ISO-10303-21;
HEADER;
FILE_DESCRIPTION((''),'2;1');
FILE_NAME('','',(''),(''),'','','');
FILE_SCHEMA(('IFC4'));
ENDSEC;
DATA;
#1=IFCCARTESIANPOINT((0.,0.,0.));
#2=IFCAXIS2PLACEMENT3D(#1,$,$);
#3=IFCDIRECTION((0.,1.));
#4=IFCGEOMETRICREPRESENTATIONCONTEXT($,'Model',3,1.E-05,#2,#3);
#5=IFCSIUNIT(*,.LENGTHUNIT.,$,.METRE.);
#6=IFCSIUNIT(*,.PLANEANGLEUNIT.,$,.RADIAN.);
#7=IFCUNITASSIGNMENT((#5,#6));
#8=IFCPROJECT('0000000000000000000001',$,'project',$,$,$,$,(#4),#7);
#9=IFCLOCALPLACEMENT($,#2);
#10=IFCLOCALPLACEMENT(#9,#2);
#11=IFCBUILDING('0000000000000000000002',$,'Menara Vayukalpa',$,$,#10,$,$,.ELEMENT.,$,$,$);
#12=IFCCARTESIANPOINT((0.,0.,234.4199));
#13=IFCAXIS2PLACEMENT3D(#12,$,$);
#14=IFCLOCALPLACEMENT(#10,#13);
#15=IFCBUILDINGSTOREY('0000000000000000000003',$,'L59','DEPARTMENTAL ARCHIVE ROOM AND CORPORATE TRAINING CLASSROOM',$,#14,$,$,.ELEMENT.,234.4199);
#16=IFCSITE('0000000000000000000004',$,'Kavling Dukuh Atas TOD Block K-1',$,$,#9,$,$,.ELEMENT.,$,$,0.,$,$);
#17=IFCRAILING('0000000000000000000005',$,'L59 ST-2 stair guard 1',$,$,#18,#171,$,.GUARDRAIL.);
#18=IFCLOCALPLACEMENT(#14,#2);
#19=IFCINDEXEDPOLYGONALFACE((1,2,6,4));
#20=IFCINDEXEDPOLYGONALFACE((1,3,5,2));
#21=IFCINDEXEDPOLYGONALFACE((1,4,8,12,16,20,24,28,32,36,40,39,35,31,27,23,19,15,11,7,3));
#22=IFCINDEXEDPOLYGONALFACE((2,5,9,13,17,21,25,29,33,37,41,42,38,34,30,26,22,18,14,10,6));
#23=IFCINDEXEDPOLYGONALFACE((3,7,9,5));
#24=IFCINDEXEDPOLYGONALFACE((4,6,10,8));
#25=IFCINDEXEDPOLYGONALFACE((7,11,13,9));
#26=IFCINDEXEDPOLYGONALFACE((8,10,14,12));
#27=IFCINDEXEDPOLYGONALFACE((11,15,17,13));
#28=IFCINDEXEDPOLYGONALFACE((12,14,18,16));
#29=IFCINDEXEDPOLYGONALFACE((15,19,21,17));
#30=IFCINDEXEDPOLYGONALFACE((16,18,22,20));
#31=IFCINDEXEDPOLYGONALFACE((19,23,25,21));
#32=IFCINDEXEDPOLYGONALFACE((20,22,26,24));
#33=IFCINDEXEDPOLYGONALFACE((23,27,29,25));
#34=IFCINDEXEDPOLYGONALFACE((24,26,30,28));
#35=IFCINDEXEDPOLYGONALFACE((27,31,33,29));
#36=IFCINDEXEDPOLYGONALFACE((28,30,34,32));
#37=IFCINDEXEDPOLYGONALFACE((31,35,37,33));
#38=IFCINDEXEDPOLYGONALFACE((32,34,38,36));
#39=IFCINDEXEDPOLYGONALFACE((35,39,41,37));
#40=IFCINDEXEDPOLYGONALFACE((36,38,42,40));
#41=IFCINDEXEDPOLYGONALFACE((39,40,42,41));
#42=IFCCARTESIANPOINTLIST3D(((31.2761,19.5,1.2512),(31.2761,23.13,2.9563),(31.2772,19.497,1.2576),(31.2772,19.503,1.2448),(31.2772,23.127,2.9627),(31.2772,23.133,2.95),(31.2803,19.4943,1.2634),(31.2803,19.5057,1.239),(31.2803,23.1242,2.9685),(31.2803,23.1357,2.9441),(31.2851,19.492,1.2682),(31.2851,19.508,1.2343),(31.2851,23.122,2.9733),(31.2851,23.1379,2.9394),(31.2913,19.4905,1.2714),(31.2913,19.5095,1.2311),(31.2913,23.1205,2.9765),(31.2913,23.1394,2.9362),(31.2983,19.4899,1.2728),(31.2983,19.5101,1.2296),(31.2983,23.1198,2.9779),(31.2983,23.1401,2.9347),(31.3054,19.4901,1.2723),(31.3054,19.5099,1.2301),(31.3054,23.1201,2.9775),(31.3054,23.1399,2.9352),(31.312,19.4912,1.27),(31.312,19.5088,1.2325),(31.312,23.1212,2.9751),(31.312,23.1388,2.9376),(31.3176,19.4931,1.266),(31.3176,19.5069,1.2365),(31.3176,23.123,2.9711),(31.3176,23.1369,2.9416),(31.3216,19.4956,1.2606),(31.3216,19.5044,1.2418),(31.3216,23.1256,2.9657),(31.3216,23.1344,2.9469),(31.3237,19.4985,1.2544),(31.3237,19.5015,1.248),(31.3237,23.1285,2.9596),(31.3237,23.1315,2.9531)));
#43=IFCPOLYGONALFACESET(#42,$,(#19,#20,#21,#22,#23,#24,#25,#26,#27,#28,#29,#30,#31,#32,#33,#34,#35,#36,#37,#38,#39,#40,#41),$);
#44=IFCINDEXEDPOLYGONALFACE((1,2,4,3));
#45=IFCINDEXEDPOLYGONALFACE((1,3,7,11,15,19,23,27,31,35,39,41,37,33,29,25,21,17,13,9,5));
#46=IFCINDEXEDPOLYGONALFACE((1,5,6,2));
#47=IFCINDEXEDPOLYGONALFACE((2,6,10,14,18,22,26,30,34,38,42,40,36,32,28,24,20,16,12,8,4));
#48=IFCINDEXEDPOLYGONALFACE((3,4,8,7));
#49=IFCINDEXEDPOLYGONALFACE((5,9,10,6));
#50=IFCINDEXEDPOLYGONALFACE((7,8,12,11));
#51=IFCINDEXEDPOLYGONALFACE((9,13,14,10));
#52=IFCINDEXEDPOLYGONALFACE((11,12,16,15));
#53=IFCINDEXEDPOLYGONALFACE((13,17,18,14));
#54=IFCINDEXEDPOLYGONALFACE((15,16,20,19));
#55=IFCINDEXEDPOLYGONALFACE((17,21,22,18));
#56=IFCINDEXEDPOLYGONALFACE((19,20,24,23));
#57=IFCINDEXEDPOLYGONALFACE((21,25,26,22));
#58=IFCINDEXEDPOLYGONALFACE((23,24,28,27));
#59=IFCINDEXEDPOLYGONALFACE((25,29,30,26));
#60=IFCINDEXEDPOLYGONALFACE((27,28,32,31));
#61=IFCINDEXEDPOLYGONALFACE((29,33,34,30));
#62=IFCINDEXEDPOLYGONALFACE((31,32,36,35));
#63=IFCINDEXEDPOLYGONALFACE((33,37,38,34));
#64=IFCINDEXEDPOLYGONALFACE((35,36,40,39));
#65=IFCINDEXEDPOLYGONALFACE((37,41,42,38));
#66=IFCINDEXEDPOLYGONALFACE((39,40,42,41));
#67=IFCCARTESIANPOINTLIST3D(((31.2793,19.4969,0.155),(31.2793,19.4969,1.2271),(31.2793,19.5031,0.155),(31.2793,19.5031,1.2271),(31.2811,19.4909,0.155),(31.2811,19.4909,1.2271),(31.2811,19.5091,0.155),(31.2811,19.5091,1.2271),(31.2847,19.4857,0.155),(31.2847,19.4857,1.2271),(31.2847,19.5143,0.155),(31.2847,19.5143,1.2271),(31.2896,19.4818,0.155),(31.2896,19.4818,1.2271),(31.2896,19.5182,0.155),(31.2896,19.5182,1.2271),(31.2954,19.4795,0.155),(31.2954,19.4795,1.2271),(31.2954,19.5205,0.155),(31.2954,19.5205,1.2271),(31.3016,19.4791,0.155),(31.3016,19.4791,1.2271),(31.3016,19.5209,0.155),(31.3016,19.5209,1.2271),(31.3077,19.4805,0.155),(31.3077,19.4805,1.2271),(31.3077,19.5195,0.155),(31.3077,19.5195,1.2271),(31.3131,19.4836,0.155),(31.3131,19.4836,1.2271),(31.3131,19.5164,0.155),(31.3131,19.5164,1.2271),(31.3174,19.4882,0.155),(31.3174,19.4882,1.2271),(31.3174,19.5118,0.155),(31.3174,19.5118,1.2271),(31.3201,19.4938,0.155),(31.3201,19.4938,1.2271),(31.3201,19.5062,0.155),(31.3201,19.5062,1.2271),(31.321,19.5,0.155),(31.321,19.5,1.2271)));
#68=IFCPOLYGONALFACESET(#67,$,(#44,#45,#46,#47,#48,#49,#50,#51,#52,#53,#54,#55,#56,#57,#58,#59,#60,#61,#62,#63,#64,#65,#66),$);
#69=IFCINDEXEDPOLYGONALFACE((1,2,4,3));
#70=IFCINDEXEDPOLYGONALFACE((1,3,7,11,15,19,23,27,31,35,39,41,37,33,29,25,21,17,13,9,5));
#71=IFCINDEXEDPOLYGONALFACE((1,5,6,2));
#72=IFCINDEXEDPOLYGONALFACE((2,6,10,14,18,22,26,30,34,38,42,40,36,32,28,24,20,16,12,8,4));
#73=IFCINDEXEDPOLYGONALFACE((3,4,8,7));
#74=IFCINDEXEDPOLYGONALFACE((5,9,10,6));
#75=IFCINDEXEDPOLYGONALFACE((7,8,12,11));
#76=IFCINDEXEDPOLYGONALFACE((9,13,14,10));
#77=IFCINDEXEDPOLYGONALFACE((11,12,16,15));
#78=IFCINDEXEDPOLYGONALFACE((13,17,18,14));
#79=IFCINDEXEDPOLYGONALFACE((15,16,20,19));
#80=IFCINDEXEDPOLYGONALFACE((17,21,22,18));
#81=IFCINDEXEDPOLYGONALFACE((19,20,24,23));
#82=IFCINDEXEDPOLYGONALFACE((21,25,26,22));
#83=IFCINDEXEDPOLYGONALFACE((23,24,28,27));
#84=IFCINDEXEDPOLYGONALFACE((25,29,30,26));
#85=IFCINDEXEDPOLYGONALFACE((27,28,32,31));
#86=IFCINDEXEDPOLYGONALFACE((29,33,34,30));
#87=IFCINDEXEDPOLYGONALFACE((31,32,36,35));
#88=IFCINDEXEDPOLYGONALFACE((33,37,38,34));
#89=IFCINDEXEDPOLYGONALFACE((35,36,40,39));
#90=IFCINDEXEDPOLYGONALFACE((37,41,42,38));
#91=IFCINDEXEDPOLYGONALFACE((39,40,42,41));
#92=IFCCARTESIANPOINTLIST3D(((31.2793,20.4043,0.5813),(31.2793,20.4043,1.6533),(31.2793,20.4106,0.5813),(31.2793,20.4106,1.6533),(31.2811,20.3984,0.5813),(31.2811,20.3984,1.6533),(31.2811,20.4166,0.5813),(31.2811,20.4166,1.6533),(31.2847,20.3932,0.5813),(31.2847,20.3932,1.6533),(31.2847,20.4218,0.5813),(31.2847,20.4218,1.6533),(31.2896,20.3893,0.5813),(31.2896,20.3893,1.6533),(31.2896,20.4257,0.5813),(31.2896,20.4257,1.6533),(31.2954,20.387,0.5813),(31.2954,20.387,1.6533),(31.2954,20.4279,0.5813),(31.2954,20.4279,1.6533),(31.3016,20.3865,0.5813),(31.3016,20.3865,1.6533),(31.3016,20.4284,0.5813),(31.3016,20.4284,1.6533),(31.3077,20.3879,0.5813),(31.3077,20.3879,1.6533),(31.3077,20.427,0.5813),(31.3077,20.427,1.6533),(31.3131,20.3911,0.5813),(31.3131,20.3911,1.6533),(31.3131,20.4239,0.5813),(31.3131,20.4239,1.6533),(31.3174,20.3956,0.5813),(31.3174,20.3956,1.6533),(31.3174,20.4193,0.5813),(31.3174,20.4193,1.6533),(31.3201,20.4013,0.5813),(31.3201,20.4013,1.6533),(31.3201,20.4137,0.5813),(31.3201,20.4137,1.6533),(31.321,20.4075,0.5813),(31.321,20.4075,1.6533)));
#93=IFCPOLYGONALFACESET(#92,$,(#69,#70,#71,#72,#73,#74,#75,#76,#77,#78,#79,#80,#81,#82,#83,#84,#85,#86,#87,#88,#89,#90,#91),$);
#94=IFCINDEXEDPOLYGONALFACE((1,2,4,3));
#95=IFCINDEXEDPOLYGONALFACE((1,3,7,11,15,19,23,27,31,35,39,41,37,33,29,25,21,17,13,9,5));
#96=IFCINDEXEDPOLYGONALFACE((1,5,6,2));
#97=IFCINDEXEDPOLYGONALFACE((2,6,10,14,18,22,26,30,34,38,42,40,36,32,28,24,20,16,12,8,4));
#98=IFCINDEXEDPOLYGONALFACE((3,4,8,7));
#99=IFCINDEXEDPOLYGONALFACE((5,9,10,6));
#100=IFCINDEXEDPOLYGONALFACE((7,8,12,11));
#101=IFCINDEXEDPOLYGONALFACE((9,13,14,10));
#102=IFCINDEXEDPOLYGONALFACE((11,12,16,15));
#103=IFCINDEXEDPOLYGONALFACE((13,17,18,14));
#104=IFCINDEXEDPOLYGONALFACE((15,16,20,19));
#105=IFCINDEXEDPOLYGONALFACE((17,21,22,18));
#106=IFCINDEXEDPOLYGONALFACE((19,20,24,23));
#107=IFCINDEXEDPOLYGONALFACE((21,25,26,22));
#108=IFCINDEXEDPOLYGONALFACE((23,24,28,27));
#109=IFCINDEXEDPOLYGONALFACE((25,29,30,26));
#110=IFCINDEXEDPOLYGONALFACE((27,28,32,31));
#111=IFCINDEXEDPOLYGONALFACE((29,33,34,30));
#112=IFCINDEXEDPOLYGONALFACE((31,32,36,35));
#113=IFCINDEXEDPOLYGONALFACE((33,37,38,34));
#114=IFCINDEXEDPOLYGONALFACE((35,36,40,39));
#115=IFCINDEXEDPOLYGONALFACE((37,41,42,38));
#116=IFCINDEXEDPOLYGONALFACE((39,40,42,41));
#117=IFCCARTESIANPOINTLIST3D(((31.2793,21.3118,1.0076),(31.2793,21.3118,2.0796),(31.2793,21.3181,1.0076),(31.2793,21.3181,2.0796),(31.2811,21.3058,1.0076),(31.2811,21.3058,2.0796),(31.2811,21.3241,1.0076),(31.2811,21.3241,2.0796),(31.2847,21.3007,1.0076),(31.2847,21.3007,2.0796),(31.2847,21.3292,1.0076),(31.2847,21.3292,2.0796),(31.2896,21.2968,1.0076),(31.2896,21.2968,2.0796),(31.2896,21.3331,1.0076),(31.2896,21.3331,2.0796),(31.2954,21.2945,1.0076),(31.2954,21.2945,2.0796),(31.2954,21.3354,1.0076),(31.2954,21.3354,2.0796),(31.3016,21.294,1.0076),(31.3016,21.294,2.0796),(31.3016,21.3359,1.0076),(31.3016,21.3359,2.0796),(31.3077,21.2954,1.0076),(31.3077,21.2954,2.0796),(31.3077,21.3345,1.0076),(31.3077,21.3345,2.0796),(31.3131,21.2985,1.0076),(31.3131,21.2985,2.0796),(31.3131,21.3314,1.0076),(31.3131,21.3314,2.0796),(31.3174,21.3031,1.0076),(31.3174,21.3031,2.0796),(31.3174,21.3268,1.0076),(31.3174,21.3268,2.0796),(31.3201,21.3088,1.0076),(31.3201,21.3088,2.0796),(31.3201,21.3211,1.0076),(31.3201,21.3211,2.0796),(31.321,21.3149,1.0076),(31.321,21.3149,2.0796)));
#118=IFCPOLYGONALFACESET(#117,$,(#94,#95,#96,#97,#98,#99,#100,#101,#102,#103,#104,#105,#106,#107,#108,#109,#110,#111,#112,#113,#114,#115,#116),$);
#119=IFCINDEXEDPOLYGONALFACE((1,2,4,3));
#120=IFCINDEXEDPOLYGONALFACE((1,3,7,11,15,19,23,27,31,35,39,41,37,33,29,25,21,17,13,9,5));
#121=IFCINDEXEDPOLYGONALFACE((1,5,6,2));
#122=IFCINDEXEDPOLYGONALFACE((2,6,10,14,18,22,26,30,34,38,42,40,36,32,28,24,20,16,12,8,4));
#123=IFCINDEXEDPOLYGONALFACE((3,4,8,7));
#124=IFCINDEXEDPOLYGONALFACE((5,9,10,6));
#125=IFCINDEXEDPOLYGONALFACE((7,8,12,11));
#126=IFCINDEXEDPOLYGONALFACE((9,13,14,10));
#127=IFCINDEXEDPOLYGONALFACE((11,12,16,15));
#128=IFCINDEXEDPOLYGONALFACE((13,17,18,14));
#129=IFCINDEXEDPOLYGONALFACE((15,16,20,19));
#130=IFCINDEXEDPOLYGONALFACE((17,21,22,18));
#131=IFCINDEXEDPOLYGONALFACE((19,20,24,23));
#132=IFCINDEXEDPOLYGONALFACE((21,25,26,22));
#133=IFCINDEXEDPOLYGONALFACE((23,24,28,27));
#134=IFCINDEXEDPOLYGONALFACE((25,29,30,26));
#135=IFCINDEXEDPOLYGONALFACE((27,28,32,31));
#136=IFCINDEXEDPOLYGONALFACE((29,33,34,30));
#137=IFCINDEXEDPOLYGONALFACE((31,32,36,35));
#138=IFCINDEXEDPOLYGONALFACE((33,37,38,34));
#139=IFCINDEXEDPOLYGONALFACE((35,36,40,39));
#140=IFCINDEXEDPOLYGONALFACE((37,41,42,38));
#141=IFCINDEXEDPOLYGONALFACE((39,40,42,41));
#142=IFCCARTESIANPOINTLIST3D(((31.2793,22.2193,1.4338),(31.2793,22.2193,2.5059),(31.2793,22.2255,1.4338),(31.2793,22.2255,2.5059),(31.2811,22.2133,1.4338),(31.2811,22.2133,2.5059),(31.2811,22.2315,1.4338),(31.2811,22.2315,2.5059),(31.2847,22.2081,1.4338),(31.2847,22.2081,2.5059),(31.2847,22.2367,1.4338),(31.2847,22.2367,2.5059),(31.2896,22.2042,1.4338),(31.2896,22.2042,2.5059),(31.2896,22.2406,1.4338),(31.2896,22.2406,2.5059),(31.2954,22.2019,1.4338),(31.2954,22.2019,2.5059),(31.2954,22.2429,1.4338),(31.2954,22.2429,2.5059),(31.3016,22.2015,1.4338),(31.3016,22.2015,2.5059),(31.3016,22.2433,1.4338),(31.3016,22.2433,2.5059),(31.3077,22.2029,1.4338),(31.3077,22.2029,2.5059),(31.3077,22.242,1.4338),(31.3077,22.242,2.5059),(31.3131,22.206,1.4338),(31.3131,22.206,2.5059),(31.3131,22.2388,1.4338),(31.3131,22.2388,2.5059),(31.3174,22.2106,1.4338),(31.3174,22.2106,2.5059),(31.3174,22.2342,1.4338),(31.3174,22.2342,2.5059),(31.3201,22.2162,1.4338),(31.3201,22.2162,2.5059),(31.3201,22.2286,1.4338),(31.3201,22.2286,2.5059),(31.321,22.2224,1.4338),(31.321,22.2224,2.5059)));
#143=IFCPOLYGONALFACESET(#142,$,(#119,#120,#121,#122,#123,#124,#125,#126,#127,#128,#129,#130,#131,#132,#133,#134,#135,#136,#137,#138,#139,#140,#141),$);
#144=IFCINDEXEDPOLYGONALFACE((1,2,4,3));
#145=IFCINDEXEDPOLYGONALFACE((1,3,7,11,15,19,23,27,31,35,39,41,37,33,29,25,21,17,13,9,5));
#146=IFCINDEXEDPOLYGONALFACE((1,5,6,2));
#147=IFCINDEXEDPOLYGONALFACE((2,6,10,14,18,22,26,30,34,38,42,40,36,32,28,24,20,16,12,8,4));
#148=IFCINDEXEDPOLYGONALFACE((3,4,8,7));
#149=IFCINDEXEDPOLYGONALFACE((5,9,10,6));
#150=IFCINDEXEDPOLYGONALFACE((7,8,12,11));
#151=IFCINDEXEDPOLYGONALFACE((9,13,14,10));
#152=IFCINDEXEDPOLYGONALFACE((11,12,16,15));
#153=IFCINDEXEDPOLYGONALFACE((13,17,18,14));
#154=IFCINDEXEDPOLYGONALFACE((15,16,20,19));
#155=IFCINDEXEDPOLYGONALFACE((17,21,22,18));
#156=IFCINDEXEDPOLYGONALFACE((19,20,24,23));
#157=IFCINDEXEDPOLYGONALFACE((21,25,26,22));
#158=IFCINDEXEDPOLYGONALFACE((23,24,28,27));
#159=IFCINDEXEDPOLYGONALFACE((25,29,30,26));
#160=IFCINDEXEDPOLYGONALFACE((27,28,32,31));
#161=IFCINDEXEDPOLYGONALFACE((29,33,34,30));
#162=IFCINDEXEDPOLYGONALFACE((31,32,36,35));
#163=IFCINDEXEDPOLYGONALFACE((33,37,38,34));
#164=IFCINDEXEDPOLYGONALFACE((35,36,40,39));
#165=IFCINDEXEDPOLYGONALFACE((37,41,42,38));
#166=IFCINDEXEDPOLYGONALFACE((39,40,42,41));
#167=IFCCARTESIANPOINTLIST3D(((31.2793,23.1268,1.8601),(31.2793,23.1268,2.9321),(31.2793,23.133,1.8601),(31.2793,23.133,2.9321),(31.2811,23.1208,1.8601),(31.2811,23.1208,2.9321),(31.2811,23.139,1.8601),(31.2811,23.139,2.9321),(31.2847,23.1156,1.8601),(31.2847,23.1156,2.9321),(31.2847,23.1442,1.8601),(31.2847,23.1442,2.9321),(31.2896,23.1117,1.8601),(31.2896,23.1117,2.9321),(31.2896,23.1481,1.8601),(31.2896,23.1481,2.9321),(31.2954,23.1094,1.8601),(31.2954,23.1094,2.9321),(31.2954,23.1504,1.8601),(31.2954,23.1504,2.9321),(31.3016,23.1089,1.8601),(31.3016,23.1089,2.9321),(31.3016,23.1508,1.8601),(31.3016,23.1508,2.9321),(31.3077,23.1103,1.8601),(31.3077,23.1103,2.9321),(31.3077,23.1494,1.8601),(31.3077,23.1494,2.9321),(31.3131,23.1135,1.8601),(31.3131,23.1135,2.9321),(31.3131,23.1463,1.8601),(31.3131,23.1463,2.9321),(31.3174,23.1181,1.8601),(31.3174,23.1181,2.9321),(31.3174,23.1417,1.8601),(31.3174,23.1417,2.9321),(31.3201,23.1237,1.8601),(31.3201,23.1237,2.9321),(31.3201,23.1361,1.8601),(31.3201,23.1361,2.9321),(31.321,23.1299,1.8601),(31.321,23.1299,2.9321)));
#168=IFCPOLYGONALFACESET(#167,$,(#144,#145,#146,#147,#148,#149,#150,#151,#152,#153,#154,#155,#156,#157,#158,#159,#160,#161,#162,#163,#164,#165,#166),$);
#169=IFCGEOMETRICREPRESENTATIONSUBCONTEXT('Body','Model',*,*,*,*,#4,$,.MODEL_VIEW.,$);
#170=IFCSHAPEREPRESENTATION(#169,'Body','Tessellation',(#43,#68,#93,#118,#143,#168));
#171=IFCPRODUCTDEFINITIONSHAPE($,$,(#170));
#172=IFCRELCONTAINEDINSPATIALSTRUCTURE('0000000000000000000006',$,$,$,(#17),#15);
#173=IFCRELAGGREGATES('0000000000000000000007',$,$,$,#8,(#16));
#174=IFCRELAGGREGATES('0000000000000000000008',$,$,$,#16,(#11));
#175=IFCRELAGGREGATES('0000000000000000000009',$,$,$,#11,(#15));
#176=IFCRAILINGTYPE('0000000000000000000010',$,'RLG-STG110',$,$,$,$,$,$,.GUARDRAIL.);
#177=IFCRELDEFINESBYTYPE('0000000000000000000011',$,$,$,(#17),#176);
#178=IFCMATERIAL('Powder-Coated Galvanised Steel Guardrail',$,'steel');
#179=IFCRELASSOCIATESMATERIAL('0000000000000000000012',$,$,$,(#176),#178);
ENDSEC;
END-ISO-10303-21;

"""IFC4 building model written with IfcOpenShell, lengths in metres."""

from ifc_helpers import new_model, si_unit, direction, frame, origin, origin_2d, place, context, subcontext, project, spatial, circle, extrude, material, type_object, element, save


model = new_model("IFC4")

# Units and contexts
model_context = context("Model", 3, precision=1e-05, world=origin(), true_north=direction((0.0, 1.0)))
body_context = subcontext(model_context, "Body", "Model", "MODEL_VIEW")
ifc_project = project(units=[si_unit("LENGTHUNIT", "METRE"), si_unit("PLANEANGLEUNIT", "RADIAN")], contexts=[model_context])

# Site, building, storey
site_placement = place(None, origin())
site = spatial("IfcSite", under=ifc_project, at=site_placement, Name="Kavling Dukuh Atas TOD Block K-1", CompositionType="ELEMENT", RefElevation=0.0)
building_placement = place(site_placement, origin())
building = spatial("IfcBuilding", under=site, at=building_placement, Name="Menara Vayukalpa", CompositionType="ELEMENT")
storey_placement = place(building_placement, frame((0.0, 0.0, 234.4199)))
storey = spatial("IfcBuildingStorey", under=building, at=storey_placement, Name="L59", Description="DEPARTMENTAL ARCHIVE ROOM AND CORPORATE TRAINING CLASSROOM", CompositionType="ELEMENT", Elevation=234.4199)

# Railing
ifc_material_1 = material(Name="Powder-Coated Galvanised Steel Guardrail", Category="steel")
railing_type = type_object("IfcRailingType", Name="RLG-STG110", PredefinedType="GUARDRAIL", material=ifc_material_1)
railing_1_placement = place(storey_placement, frame((31.3, 19.5, 0.155)))
element("IfcRailing", 1, at=railing_1_placement, inside=storey, type_object=railing_type, Name="L59 ST-2 stair guard 1", PredefinedType="GUARDRAIL", context=body_context, shape_type="SweptSolid", body=[
    extrude(circle(Radius=0.0239, at=origin_2d()), frame((0.0, 0.0, 1.0962), z_axis=(0.0, 0.905116, 0.425164), x_axis=(-1.0, 0.0, 0.0)), (0.0, 0.0, 1.0), 4.0105),
    extrude(circle(Radius=0.021, at=origin_2d()), origin(), (0.0, 0.0, 1.0), 1.072),
    extrude(circle(Radius=0.021, at=origin_2d()), frame((0.0, 0.9075, 0.4263)), (0.0, 0.0, 1.0), 1.072),
    extrude(circle(Radius=0.021, at=origin_2d()), frame((0.0, 1.8149, 0.8525)), (0.0, 0.0, 1.0), 1.072),
    extrude(circle(Radius=0.021, at=origin_2d()), frame((0.0, 2.7224, 1.2788)), (0.0, 0.0, 1.0), 1.072),
    extrude(circle(Radius=0.021, at=origin_2d()), frame((0.0, 3.6299, 1.7051)), (0.0, 0.0, 1.0), 1.072),
])

save(model, "model.ifc")
